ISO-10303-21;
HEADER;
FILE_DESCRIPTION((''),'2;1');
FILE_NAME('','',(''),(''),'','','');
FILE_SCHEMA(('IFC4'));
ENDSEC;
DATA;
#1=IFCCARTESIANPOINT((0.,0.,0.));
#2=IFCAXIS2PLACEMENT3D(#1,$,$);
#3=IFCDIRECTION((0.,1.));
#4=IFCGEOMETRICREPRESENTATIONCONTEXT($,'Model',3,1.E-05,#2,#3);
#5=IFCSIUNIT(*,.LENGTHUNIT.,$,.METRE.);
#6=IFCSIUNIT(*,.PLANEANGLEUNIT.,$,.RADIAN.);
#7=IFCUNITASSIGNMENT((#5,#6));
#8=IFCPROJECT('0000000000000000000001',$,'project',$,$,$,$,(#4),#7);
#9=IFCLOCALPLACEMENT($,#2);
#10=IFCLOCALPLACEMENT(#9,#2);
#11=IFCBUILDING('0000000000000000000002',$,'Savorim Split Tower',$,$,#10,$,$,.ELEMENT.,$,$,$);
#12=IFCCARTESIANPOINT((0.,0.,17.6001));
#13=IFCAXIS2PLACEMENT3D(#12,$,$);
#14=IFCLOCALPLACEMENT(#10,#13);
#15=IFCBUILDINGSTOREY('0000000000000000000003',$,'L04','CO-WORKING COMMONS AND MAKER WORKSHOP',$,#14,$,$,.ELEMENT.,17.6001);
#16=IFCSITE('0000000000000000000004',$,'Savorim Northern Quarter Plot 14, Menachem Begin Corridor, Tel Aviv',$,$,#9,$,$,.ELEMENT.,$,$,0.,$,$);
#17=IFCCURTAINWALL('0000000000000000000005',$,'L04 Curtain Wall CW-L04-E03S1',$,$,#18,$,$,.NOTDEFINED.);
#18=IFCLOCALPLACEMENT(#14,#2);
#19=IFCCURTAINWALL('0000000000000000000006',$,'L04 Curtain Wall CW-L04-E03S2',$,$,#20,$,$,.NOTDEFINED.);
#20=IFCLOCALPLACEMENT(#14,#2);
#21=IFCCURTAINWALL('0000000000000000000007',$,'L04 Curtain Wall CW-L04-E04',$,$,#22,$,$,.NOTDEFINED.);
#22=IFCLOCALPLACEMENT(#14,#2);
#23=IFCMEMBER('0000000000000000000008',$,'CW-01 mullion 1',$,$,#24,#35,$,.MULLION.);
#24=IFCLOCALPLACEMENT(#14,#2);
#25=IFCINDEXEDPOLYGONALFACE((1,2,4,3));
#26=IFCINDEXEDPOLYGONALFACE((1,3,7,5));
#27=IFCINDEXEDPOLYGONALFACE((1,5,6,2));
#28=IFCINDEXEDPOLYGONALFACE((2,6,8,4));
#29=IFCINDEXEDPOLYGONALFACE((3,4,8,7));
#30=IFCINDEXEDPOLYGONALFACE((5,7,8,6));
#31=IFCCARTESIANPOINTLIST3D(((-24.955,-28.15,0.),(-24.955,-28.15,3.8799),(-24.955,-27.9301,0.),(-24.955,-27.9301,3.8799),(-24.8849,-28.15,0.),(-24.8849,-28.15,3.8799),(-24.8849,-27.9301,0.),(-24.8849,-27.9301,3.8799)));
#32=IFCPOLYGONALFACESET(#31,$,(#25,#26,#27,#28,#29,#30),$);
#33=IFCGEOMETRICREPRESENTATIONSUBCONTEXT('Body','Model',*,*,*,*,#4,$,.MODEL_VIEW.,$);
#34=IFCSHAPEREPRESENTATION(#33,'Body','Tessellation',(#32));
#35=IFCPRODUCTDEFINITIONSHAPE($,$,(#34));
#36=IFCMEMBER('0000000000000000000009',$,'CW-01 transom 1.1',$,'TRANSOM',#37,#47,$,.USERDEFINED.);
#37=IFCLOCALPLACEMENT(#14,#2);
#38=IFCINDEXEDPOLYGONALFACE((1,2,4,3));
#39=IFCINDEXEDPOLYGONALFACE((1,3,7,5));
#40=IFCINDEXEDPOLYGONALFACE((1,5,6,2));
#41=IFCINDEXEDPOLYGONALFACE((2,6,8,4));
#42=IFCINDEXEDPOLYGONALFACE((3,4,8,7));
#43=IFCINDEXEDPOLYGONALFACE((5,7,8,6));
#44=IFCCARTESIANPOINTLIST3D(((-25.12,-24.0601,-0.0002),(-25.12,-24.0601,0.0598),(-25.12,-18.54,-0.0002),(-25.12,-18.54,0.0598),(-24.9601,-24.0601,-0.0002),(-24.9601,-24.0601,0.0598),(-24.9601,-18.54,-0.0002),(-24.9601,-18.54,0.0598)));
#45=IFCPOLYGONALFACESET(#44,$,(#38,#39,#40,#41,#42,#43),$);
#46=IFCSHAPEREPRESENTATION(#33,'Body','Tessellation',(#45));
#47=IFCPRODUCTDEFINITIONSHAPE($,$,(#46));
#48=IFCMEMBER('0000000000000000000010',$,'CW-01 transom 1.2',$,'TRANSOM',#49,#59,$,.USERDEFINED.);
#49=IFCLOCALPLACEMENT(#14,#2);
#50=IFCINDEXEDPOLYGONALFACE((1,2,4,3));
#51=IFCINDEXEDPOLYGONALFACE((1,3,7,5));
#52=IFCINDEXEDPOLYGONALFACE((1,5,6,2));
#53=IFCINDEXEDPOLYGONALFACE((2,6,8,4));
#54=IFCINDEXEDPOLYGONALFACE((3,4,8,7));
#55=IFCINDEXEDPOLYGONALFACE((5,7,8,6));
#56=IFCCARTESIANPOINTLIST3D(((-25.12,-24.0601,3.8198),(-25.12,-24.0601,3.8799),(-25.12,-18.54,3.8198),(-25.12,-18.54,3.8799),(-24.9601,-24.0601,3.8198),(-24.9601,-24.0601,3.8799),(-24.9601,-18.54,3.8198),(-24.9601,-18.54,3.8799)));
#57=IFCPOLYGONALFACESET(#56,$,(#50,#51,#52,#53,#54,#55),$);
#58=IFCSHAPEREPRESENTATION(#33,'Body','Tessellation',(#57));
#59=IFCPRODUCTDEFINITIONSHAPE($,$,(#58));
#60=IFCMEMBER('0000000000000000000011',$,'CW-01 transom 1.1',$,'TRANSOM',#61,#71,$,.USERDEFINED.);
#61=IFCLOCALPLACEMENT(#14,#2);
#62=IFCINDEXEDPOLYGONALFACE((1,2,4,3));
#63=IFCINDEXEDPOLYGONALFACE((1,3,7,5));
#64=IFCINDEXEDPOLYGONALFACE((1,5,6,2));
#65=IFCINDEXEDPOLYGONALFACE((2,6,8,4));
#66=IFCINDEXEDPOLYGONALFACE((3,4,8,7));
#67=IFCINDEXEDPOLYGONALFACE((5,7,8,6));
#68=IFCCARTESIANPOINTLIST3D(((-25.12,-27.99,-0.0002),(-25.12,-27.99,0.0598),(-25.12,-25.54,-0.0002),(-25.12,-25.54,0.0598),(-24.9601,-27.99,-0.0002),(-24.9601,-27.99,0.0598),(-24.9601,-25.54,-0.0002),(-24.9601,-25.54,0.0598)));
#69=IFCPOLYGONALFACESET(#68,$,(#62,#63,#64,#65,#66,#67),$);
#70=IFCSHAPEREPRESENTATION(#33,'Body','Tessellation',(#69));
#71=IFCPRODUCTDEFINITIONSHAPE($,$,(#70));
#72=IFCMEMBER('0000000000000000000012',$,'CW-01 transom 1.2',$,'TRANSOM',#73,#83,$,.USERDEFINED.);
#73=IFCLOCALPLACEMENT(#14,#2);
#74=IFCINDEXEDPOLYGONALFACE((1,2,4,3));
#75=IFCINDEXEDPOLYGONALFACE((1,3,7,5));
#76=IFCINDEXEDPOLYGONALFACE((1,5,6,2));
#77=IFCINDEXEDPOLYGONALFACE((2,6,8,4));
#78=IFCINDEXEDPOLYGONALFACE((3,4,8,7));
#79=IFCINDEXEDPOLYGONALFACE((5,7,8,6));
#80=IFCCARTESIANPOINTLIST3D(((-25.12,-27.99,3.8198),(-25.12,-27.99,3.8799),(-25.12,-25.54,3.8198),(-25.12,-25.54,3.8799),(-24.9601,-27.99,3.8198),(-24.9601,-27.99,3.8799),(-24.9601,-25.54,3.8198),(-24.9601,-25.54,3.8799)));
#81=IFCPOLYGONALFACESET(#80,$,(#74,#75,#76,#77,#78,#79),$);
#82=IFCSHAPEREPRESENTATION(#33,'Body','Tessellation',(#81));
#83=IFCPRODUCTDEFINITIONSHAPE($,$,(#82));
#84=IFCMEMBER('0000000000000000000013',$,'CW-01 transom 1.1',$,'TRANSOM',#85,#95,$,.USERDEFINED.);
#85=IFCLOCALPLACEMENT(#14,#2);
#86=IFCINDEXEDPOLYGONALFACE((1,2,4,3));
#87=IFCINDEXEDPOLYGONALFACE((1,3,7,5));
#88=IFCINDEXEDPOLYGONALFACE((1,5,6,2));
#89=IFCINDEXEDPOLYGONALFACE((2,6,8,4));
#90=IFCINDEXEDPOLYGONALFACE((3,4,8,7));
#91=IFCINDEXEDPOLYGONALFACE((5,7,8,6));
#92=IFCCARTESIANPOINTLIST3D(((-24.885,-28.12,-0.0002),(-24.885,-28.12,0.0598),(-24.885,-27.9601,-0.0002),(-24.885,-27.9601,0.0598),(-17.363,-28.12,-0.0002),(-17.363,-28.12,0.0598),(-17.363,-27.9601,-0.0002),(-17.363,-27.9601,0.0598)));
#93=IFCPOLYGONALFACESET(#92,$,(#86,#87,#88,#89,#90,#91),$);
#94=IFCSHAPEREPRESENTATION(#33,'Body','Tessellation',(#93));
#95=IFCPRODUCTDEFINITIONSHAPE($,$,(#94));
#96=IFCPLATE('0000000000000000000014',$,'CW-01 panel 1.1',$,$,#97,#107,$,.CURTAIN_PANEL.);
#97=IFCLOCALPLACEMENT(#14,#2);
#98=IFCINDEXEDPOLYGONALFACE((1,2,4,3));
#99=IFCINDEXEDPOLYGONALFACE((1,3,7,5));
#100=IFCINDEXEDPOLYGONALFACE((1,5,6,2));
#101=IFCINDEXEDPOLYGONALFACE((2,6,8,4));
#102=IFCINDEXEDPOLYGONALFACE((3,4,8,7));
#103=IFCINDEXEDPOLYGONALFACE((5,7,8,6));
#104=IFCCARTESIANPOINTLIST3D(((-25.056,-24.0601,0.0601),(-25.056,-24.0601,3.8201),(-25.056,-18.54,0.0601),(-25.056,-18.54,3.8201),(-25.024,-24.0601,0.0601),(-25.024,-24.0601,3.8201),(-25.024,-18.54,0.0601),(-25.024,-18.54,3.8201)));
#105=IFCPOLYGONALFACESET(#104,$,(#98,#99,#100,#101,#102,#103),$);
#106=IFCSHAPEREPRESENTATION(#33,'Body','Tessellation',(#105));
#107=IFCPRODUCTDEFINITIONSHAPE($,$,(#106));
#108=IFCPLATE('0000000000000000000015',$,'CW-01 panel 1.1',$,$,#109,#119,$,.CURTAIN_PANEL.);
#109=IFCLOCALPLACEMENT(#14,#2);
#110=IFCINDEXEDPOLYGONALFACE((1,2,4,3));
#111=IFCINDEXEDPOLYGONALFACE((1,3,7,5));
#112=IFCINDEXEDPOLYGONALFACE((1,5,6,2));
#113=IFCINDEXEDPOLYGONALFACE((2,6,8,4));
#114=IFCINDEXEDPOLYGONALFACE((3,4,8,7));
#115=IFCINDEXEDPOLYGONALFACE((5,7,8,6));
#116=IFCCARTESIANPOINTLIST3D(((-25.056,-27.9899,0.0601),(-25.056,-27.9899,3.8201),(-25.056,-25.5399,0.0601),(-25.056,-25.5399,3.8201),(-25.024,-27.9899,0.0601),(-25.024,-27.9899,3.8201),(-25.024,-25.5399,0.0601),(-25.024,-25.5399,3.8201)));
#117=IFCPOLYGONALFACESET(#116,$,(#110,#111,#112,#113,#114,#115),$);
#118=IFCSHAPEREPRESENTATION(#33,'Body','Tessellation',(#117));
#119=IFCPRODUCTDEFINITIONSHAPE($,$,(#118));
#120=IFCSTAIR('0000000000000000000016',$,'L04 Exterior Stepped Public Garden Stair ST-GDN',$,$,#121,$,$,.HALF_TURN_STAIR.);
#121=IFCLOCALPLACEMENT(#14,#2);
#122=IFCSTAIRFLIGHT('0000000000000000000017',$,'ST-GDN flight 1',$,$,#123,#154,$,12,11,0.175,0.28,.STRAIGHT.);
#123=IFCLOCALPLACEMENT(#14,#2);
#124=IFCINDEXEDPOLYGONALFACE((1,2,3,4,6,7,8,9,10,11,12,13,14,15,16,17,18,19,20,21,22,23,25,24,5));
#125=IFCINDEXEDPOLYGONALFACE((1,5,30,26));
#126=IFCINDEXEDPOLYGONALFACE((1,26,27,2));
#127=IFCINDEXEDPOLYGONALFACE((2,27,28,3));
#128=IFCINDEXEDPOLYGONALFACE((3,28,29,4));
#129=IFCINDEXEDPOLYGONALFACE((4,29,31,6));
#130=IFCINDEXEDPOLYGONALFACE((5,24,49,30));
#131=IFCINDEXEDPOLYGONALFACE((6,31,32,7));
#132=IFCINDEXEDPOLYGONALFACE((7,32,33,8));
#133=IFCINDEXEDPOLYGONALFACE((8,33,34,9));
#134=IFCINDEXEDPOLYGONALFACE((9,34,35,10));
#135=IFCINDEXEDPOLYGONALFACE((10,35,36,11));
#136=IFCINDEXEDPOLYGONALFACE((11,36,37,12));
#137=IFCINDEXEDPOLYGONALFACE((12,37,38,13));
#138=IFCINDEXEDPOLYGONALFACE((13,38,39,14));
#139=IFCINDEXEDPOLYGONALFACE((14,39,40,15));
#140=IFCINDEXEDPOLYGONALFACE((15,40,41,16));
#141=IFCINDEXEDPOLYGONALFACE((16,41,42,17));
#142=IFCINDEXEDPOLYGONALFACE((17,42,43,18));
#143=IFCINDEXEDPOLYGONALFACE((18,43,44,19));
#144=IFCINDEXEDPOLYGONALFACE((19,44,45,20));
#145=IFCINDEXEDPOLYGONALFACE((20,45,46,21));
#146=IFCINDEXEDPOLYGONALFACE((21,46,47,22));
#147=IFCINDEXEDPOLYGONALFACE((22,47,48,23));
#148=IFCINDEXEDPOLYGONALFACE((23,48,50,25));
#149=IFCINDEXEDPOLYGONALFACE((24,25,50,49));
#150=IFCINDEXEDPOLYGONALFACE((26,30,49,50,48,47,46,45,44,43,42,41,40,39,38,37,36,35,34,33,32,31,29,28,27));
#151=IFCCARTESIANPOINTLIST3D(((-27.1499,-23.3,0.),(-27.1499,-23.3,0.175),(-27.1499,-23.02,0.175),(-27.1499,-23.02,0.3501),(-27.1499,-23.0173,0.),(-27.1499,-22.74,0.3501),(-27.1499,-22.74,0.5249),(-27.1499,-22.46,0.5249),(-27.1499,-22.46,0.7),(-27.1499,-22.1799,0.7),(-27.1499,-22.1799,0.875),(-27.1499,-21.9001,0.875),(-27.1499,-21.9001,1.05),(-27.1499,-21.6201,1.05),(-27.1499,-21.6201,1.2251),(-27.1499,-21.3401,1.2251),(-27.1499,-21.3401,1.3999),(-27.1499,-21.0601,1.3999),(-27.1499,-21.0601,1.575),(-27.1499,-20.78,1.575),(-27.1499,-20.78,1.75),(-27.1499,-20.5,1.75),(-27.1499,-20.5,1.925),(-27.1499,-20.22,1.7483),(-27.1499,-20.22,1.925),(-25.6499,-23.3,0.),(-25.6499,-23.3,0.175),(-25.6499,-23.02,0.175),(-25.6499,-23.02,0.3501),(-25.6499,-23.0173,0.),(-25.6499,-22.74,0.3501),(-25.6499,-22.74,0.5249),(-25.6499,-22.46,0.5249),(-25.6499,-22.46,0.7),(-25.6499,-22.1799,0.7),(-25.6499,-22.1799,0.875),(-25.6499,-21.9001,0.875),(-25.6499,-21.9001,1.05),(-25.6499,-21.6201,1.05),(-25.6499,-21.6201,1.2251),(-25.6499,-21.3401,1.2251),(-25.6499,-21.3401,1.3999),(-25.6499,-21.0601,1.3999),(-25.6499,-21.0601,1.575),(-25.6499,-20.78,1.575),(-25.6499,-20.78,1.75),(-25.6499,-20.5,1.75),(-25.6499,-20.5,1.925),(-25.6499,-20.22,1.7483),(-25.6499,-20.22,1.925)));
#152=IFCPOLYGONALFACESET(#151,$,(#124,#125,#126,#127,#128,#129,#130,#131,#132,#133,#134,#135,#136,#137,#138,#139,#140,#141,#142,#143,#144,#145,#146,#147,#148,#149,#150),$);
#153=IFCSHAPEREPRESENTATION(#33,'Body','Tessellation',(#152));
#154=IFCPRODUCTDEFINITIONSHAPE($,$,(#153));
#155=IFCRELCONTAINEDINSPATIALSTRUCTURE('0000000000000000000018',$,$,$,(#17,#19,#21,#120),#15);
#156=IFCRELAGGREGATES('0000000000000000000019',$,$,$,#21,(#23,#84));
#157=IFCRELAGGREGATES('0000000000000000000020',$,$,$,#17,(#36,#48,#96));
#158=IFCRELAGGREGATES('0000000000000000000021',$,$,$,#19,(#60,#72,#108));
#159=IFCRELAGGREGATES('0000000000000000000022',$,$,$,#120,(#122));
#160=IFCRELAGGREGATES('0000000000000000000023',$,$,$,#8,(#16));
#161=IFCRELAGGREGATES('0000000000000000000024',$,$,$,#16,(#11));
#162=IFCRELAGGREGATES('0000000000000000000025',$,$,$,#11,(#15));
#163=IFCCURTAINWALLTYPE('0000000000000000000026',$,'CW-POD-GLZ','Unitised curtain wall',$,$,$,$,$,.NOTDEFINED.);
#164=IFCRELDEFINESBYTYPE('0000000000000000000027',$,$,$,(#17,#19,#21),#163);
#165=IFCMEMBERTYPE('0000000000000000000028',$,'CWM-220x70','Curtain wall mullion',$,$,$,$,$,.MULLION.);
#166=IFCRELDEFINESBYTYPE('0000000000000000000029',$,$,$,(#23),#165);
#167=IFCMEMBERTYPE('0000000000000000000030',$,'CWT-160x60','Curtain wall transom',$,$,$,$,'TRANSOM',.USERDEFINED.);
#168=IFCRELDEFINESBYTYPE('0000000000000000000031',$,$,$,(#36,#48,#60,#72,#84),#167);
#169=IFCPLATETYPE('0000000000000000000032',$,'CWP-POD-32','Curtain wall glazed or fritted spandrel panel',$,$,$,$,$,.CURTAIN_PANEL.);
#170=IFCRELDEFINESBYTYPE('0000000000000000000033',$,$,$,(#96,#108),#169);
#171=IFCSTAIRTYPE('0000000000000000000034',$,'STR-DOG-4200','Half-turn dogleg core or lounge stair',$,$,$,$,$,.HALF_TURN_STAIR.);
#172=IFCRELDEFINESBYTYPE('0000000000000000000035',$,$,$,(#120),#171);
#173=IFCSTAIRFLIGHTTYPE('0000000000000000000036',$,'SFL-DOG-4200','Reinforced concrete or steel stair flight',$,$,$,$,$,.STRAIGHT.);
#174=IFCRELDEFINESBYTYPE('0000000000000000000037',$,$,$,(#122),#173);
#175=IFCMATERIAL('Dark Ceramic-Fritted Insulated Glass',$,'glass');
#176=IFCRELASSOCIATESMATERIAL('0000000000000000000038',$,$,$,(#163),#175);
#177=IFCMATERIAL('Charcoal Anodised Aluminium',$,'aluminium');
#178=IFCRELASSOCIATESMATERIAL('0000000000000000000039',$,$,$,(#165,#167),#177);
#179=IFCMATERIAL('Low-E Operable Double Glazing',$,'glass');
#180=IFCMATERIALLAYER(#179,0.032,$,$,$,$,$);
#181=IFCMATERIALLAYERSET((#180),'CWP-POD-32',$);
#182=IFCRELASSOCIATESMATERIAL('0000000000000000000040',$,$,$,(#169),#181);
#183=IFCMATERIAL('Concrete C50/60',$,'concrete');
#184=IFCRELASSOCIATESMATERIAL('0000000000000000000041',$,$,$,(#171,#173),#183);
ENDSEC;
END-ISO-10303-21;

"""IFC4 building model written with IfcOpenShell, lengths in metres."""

from ifc_helpers import new_model, si_unit, direction, frame, origin, origin_2d, place, context, subcontext, project, spatial, polyline, rectangle, outline, extrude, material, layer, layer_set, material_profile, profile_set, type_object, element, aggregate, save


model = new_model("IFC4")

# Units and contexts
model_context = context("Model", 3, precision=1e-05, world=origin(), true_north=direction((0.0, 1.0)))
body_context = subcontext(model_context, "Body", "Model", "MODEL_VIEW")
ifc_project = project(units=[si_unit("LENGTHUNIT", "METRE"), si_unit("PLANEANGLEUNIT", "RADIAN")], contexts=[model_context])

# Site, building, storey
site_placement = place(None, origin())
site = spatial("IfcSite", under=ifc_project, at=site_placement, Name="Savorim Northern Quarter Plot 14, Menachem Begin Corridor, Tel Aviv", CompositionType="ELEMENT", RefElevation=0.0)
building_placement = place(site_placement, origin())
building = spatial("IfcBuilding", under=site, at=building_placement, Name="Savorim Split Tower", CompositionType="ELEMENT")
storey_placement = place(building_placement, frame((0.0, 0.0, 17.6001)))
storey = spatial("IfcBuildingStorey", under=building, at=storey_placement, Name="L04", Description="CO-WORKING COMMONS AND MAKER WORKSHOP", CompositionType="ELEMENT", Elevation=17.6001)

# Shared definitions
ifc_material_1 = material(Name="Dark Ceramic-Fritted Insulated Glass", Category="glass")
curtain_wall_type = type_object("IfcCurtainWallType", Name="CW-POD-GLZ", Description="Unitised curtain wall", PredefinedType="NOTDEFINED", material=ifc_material_1)
ifc_material_2 = material(Name="Charcoal Anodised Aluminium", Category="aluminium")
ifc_material_profile_1 = material_profile(ifc_material_2, rectangle(XDim=0.22, YDim=0.0701, at=origin_2d()), Name="ALU-M 220x70")
ifc_profile_set_1 = profile_set([ifc_material_profile_1], Name="Charcoal Anodised Aluminium")
member_type_1 = type_object("IfcMemberType", Name="CWM-220x70", Description="Curtain wall mullion", PredefinedType="MULLION", material=ifc_profile_set_1)

# Curtain walls
curtain_wall_1_placement = place(storey_placement, origin())
curtain_wall_1 = element("IfcCurtainWall", 1, at=curtain_wall_1_placement, inside=storey, type_object=curtain_wall_type, Name="L04 Curtain Wall CW-L04-E03S1", PredefinedType="NOTDEFINED")
curtain_wall_2_placement = place(storey_placement, origin())
curtain_wall_2 = element("IfcCurtainWall", 2, at=curtain_wall_2_placement, inside=storey, type_object=curtain_wall_type, Name="L04 Curtain Wall CW-L04-E03S2", PredefinedType="NOTDEFINED")

# Curtain wall, member
curtain_wall_3_placement = place(storey_placement, origin())
curtain_wall_3 = element("IfcCurtainWall", 3, at=curtain_wall_3_placement, inside=storey, type_object=curtain_wall_type, Name="L04 Curtain Wall CW-L04-E04", PredefinedType="NOTDEFINED")
member_1_placement = place(storey_placement, frame((-24.9199, -28.04, 0.0), z_axis=(0.0, 0.0, 1.0), x_axis=(0.0, 1.0, 0.0)))
member_1 = element("IfcMember", 4, at=member_1_placement, type_object=member_type_1, Name="CW-01 mullion 1", PredefinedType="MULLION", context=body_context, shape_type="SweptSolid", body=[
    extrude(rectangle(XDim=0.22, YDim=0.0701, at=origin_2d()), origin(), (0.0, 0.0, 1.0), 3.8799),
])

# Members
ifc_material_profile_2 = material_profile(ifc_material_2, rectangle(XDim=0.1599, YDim=0.0601, at=origin_2d()), Name="ALU-T 160x60")
ifc_profile_set_2 = profile_set([ifc_material_profile_2], Name="Charcoal Anodised Aluminium")
member_type_2 = type_object("IfcMemberType", Name="CWT-160x60", Description="Curtain wall transom", ElementType="TRANSOM", PredefinedType="USERDEFINED", material=ifc_profile_set_2)
member_2_placement = place(storey_placement, frame((-25.04, -18.54, 0.0298), z_axis=(0.0, -1.0, 0.0), x_axis=(1.0, 0.0, 0.0)))
member_2 = element("IfcMember", 5, at=member_2_placement, type_object=member_type_2, Name="CW-01 transom 1.1", ObjectType="TRANSOM", PredefinedType="USERDEFINED", context=body_context, shape_type="SweptSolid", body=[
    extrude(rectangle(XDim=0.1599, YDim=0.0601, at=origin_2d()), origin(), (0.0, 0.0, 1.0), 5.52),
])
member_3_placement = place(storey_placement, frame((-25.04, -18.54, 3.8499), z_axis=(0.0, -1.0, 0.0), x_axis=(1.0, 0.0, 0.0)))
member_3 = element("IfcMember", 6, at=member_3_placement, type_object=member_type_2, Name="CW-01 transom 1.2", ObjectType="TRANSOM", PredefinedType="USERDEFINED", context=body_context, shape_type="SweptSolid", body=[
    extrude(rectangle(XDim=0.1599, YDim=0.0601, at=origin_2d()), origin(), (0.0, 0.0, 1.0), 5.52),
])
member_4_placement = place(storey_placement, frame((-25.04, -25.54, 0.0298), z_axis=(0.0, -1.0, 0.0), x_axis=(1.0, 0.0, 0.0)))
member_4 = element("IfcMember", 7, at=member_4_placement, type_object=member_type_2, Name="CW-01 transom 1.1", ObjectType="TRANSOM", PredefinedType="USERDEFINED", context=body_context, shape_type="SweptSolid", body=[
    extrude(rectangle(XDim=0.1599, YDim=0.0601, at=origin_2d()), origin(), (0.0, 0.0, 1.0), 2.45),
])
member_5_placement = place(storey_placement, frame((-25.04, -25.54, 3.8499), z_axis=(0.0, -1.0, 0.0), x_axis=(1.0, 0.0, 0.0)))
member_5 = element("IfcMember", 8, at=member_5_placement, type_object=member_type_2, Name="CW-01 transom 1.2", ObjectType="TRANSOM", PredefinedType="USERDEFINED", context=body_context, shape_type="SweptSolid", body=[
    extrude(rectangle(XDim=0.1599, YDim=0.0601, at=origin_2d()), origin(), (0.0, 0.0, 1.0), 2.45),
])
member_6_placement = place(storey_placement, frame((-24.885, -28.04, 0.0298), z_axis=(1.0, 0.0, 0.0), x_axis=(0.0, 1.0, 0.0)))
member_6 = element("IfcMember", 9, at=member_6_placement, type_object=member_type_2, Name="CW-01 transom 1.1", ObjectType="TRANSOM", PredefinedType="USERDEFINED", context=body_context, shape_type="SweptSolid", body=[
    extrude(rectangle(XDim=0.1599, YDim=0.0601, at=origin_2d()), origin(), (0.0, 0.0, 1.0), 7.522),
])
aggregate(curtain_wall_3, [member_1, member_6])

# Plates
ifc_material_3 = material(Name="Low-E Operable Double Glazing", Category="glass")
ifc_layer = layer(ifc_material_3, 0.032)
ifc_layer_set = layer_set([ifc_layer], Name="CWP-POD-32")
plate_type = type_object("IfcPlateType", Name="CWP-POD-32", Description="Curtain wall glazed or fritted spandrel panel", PredefinedType="CURTAIN_PANEL", material=ifc_layer_set)
plate_1_placement = place(storey_placement, frame((-25.04, -21.3, 0.0601), z_axis=(0.0, 0.0, 1.0), x_axis=(0.0, -1.0, 0.0)))
plate_1 = element("IfcPlate", 10, at=plate_1_placement, type_object=plate_type, Name="CW-01 panel 1.1", PredefinedType="CURTAIN_PANEL", context=body_context, shape_type="SweptSolid", body=[
    extrude(rectangle(XDim=5.52, YDim=0.032, at=origin_2d()), origin(), (0.0, 0.0, 1.0), 3.76),
])
aggregate(curtain_wall_1, [member_2, member_3, plate_1])
plate_2_placement = place(storey_placement, frame((-25.04, -26.7649, 0.0601), z_axis=(0.0, 0.0, 1.0), x_axis=(0.0, -1.0, 0.0)))
plate_2 = element("IfcPlate", 11, at=plate_2_placement, type_object=plate_type, Name="CW-01 panel 1.1", PredefinedType="CURTAIN_PANEL", context=body_context, shape_type="SweptSolid", body=[
    extrude(rectangle(XDim=2.45, YDim=0.032, at=origin_2d()), origin(), (0.0, 0.0, 1.0), 3.76),
])
aggregate(curtain_wall_2, [member_4, member_5, plate_2])

# Stair, stair flight
ifc_material_4 = material(Name="Concrete C50/60", Category="concrete")
stair_type = type_object("IfcStairType", Name="STR-DOG-4200", Description="Half-turn dogleg core or lounge stair", PredefinedType="HALF_TURN_STAIR", material=ifc_material_4)
stair_placement = place(storey_placement, origin())
stair = element("IfcStair", 12, at=stair_placement, inside=storey, type_object=stair_type, Name="L04 Exterior Stepped Public Garden Stair ST-GDN", PredefinedType="HALF_TURN_STAIR")
stair_flight_type = type_object("IfcStairFlightType", Name="SFL-DOG-4200", Description="Reinforced concrete or steel stair flight", PredefinedType="STRAIGHT", material=ifc_material_4)
stair_flight_placement = place(storey_placement, frame((-26.3999, -23.3, 0.0), z_axis=(0.0, 0.0, 1.0), x_axis=(0.0, 1.0, 0.0)))
stair_flight = element("IfcStairFlight", 13, at=stair_flight_placement, type_object=stair_flight_type, Name="ST-GDN flight 1", NumberOfRisers=12, NumberOfTreads=11, PredefinedType="STRAIGHT", RiserHeight=0.175, TreadLength=0.28, context=body_context, shape_type="SweptSolid", body=[
    extrude(outline(polyline([(0.0, 0.0), (0.0, 0.175), (0.28, 0.175), (0.28, 0.3501), (0.5601, 0.3501), (0.5601, 0.5249), (0.8401, 0.5249), (0.8401, 0.7), (1.1201, 0.7), (1.1201, 0.875), (1.3999, 0.875), (1.3999, 1.05), (1.6799, 1.05), (1.6799, 1.2251), (1.96, 1.2251), (1.96, 1.3999), (2.24, 1.3999), (2.24, 1.575), (2.52, 1.575), (2.52, 1.75), (2.8, 1.75), (2.8, 1.925), (3.0801, 1.925), (3.0801, 2.1001), (3.0801, 1.7483), (0.2827, 0.0), (0.0, 0.0)])), frame((0.0, 0.75, 0.0), z_axis=(0.0, -1.0, 0.0), x_axis=(1.0, 0.0, 0.0)), (0.0, 0.0, 1.0), 1.5),
])
aggregate(stair, [stair_flight])

save(model, "model.ifc")
